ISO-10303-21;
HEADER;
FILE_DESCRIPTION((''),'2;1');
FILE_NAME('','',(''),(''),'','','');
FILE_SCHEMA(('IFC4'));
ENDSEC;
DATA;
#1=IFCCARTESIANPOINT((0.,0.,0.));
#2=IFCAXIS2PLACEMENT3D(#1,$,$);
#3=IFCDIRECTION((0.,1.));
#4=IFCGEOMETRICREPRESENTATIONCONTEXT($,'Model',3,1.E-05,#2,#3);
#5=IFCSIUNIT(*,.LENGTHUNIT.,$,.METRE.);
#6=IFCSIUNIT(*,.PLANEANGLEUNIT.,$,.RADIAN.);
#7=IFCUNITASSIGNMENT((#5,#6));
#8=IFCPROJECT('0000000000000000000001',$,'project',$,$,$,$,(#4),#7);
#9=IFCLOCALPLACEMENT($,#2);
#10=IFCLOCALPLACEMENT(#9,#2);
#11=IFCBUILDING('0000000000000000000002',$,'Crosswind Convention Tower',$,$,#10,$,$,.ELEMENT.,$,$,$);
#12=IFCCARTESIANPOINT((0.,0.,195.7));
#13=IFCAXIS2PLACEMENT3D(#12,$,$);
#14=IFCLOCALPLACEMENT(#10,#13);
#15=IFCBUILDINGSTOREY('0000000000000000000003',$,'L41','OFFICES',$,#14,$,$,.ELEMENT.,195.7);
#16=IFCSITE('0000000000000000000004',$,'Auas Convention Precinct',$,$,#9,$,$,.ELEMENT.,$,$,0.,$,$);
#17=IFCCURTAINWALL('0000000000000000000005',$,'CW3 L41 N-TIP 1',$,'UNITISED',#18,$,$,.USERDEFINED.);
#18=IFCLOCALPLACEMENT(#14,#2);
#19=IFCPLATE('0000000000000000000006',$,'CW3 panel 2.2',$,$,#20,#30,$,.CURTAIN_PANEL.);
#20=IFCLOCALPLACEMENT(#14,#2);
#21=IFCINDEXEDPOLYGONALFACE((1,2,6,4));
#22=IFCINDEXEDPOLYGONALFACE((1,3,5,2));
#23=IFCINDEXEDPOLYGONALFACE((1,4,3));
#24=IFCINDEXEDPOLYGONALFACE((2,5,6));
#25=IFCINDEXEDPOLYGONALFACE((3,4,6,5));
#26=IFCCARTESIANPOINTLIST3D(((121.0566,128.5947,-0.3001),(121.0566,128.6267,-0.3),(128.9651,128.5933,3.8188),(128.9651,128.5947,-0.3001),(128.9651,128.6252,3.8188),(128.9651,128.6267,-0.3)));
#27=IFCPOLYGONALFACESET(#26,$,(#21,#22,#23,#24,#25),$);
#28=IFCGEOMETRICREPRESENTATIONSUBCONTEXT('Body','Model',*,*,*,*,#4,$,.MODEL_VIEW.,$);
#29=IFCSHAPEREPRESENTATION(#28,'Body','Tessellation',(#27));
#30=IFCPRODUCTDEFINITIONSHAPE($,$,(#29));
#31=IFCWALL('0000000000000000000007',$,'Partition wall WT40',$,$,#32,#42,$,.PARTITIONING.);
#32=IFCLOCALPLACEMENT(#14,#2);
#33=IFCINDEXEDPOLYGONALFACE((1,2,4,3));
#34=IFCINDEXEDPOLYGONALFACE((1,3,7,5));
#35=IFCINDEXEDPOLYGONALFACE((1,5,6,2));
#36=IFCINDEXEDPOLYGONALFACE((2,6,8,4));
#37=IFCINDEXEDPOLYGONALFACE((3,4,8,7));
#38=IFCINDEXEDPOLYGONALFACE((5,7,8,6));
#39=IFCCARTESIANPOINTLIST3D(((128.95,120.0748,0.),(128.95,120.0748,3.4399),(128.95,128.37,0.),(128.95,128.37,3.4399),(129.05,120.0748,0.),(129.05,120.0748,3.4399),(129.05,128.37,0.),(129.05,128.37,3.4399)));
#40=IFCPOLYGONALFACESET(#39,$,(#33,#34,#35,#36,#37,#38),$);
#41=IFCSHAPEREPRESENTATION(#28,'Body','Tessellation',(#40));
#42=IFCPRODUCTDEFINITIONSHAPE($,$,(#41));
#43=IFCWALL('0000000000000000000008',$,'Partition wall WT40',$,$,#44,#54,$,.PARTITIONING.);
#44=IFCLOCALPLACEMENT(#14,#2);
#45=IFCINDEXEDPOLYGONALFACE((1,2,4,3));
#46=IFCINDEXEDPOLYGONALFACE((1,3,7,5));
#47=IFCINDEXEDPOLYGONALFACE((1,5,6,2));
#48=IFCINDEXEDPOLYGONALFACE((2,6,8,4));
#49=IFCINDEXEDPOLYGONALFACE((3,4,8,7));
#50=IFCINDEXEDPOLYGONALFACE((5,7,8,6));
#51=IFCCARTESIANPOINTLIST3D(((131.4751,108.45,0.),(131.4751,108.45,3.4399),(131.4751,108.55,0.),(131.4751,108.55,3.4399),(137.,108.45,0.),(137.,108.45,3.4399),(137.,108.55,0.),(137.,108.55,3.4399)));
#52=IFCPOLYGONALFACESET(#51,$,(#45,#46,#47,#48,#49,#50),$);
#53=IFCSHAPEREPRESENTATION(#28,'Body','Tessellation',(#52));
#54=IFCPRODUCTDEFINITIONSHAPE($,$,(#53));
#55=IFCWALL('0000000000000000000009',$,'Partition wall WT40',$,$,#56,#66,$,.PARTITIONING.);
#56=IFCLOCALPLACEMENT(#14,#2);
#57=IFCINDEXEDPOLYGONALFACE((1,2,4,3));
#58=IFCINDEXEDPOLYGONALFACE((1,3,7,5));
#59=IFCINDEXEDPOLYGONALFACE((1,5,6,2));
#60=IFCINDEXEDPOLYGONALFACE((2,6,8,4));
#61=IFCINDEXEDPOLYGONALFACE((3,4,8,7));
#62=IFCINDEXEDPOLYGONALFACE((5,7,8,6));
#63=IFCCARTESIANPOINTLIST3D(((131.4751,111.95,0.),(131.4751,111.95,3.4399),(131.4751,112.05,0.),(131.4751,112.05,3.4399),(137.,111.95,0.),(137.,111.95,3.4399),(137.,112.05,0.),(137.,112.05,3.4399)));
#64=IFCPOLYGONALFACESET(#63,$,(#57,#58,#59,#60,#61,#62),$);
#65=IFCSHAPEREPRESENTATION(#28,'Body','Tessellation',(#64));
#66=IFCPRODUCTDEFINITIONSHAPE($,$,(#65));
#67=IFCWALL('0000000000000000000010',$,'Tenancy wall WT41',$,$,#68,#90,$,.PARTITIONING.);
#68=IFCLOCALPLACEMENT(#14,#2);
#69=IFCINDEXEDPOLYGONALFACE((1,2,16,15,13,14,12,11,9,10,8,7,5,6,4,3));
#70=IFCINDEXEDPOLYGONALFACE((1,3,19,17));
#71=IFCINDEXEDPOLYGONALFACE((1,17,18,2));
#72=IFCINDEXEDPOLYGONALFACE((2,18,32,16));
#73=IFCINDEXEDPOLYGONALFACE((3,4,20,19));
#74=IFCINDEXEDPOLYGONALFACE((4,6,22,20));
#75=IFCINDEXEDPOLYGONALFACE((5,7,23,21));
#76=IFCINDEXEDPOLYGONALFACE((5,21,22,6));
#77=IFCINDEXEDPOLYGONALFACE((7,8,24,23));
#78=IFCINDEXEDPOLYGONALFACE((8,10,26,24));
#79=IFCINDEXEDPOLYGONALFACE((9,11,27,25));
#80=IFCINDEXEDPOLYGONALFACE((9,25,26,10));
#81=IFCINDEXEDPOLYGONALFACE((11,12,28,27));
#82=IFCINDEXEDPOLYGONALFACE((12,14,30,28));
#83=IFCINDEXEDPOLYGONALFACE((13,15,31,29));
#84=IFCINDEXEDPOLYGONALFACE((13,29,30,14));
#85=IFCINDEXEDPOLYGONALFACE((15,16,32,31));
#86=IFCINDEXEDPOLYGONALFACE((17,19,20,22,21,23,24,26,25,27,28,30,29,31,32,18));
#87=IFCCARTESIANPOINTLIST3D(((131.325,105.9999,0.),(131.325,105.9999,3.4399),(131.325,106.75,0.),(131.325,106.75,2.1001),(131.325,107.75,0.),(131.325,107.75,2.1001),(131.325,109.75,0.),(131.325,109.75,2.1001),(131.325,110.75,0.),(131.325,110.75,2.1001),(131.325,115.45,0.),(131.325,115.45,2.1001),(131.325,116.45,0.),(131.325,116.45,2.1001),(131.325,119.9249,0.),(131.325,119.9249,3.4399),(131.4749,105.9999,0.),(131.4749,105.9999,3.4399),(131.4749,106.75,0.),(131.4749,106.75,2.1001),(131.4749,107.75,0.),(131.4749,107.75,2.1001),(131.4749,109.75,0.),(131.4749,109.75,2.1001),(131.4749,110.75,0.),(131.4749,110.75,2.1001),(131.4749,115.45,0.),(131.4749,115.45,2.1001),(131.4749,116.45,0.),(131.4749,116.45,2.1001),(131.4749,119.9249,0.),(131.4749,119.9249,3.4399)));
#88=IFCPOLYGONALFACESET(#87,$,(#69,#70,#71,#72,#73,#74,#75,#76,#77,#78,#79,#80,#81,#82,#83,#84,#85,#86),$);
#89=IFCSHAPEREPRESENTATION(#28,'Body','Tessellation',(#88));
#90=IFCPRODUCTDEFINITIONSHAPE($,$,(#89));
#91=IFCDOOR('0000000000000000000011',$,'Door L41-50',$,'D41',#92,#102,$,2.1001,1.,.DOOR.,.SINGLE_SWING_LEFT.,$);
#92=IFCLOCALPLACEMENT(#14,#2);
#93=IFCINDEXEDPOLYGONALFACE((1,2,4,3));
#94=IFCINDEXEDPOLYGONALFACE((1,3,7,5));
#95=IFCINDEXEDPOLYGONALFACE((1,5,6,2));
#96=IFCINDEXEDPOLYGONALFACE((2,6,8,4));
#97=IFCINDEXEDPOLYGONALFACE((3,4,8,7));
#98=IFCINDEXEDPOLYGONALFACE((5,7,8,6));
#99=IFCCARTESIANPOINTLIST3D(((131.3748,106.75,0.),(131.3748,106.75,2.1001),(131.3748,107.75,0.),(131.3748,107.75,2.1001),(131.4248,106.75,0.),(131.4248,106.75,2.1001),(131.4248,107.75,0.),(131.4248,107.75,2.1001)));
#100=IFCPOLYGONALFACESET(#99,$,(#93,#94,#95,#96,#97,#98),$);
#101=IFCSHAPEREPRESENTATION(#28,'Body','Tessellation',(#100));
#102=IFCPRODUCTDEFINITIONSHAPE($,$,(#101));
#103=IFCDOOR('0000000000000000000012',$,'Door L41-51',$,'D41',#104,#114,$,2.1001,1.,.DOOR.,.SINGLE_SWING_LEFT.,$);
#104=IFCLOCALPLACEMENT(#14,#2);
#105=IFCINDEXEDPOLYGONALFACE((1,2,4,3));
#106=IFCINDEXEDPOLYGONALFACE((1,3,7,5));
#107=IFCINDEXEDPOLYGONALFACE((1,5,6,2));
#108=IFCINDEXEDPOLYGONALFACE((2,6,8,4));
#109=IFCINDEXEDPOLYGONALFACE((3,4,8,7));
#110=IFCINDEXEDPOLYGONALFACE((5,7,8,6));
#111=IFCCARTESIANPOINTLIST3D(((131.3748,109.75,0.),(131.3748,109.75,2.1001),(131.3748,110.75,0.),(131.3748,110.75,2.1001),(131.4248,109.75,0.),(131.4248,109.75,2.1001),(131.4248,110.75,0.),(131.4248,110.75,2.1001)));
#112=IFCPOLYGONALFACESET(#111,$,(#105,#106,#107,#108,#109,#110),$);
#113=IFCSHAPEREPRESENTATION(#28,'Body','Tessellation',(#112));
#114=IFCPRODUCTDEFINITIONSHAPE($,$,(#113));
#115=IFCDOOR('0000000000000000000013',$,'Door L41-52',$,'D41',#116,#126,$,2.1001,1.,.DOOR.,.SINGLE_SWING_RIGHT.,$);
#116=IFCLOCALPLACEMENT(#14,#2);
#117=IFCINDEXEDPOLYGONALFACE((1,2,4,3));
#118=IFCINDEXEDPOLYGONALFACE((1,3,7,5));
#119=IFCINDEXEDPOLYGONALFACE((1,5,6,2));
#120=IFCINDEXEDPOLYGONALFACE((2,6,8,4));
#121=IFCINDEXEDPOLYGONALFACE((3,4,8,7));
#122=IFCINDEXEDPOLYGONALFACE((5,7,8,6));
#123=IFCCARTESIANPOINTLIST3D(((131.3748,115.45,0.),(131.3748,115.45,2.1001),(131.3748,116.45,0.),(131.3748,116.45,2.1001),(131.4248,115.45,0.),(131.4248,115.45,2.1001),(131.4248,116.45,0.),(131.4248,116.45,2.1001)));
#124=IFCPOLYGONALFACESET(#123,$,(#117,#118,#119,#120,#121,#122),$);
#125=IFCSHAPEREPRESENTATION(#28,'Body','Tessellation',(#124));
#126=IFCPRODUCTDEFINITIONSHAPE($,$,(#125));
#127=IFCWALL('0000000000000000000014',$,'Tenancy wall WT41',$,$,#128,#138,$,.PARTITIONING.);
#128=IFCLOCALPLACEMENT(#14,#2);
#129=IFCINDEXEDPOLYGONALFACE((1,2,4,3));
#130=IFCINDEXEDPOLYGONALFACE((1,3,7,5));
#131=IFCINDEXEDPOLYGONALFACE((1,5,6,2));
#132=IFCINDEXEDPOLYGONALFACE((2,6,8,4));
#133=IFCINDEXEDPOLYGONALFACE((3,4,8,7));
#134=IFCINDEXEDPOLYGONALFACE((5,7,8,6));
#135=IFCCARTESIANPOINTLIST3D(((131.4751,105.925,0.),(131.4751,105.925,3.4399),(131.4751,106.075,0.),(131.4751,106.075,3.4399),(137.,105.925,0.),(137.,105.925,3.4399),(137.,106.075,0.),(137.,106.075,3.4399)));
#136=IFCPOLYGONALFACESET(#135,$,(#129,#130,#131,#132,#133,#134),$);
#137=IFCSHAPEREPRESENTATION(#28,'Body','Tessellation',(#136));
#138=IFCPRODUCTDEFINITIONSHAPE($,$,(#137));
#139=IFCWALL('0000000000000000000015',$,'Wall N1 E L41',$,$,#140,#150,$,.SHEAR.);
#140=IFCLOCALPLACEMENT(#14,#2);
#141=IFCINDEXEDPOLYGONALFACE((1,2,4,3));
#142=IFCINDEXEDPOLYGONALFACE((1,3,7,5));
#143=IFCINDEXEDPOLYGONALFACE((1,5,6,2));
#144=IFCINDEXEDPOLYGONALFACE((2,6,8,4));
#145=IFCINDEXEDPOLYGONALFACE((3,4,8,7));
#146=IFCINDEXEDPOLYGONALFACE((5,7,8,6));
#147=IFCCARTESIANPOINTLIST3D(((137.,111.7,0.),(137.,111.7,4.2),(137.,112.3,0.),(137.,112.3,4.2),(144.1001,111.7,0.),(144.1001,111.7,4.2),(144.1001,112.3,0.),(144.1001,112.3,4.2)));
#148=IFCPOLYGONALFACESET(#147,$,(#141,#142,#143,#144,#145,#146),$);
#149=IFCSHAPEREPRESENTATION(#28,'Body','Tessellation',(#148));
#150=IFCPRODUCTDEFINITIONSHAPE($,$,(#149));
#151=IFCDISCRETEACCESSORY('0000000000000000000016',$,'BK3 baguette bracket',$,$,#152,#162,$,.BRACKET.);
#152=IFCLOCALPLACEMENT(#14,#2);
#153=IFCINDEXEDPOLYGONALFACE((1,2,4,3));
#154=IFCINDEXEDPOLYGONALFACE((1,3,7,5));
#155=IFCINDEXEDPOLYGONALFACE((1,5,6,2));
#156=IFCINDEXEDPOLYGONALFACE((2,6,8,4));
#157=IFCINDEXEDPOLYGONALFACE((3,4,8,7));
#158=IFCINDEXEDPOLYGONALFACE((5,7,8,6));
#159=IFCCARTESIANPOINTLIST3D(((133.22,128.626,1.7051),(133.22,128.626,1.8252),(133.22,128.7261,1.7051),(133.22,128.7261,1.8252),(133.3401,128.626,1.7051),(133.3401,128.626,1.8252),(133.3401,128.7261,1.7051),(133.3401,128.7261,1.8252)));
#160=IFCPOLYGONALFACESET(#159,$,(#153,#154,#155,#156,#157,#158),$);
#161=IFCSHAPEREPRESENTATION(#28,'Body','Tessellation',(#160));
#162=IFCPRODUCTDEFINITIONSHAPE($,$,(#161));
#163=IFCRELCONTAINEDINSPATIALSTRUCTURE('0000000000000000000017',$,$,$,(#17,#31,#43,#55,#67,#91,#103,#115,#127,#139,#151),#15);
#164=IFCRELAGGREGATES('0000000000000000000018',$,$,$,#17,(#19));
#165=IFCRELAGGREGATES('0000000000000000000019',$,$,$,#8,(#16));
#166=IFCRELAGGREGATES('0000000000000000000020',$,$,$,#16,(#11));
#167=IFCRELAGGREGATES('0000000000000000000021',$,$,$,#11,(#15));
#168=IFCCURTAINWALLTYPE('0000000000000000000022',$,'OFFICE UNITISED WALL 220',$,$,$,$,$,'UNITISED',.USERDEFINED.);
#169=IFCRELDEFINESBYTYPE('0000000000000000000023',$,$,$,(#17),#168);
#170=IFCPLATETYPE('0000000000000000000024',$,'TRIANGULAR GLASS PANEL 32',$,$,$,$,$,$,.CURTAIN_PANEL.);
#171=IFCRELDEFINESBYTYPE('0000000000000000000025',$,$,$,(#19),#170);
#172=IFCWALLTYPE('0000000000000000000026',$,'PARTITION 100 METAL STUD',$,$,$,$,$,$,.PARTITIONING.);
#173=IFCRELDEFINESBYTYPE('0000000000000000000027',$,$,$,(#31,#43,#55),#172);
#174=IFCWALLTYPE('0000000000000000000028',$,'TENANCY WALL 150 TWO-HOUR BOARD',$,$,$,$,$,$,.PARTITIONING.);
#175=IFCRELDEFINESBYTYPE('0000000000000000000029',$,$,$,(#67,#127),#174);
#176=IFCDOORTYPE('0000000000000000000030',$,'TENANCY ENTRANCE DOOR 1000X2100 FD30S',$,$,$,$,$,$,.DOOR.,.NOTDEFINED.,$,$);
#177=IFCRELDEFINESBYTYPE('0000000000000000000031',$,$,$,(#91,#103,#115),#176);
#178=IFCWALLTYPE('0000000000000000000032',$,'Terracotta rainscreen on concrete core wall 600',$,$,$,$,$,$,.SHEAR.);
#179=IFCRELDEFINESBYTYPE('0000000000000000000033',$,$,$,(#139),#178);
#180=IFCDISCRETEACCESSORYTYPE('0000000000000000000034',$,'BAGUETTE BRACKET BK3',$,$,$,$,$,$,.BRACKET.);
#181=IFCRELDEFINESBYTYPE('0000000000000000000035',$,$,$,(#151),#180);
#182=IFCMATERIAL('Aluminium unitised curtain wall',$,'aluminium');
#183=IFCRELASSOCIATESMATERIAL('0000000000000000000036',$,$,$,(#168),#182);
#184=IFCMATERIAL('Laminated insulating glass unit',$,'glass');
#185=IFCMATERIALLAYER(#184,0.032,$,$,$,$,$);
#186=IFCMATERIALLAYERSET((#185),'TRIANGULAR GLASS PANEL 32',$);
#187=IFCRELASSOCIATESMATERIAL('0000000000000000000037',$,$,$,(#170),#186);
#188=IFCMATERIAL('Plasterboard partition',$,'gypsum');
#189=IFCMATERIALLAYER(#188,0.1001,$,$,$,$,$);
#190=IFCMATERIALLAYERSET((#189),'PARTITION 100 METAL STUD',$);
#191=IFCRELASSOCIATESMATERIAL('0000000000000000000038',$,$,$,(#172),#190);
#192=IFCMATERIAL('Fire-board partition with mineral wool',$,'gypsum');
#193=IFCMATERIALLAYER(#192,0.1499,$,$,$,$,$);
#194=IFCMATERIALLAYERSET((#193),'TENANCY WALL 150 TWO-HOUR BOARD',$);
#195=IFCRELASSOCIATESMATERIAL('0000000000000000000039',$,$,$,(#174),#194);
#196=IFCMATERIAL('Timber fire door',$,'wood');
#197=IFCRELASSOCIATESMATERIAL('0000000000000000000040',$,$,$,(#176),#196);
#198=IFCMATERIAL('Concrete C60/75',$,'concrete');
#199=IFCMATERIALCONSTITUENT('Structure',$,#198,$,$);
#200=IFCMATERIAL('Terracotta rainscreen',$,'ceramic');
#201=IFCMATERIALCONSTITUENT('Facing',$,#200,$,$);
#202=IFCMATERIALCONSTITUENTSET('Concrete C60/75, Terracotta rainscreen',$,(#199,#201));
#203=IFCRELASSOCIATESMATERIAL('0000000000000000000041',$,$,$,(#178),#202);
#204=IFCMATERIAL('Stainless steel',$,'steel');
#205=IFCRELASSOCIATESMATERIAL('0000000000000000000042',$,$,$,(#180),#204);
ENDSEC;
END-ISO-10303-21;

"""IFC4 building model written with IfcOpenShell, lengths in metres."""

from ifc_helpers import new_model, si_unit, direction, frame, frame_2d, origin, origin_2d, place, context, subcontext, project, spatial, polyline, rectangle, outline, extrude, material, layer, layer_set, constituent, constituent_set, type_object, element, fill, aggregate, save


model = new_model("IFC4")

# Units and contexts
model_context = context("Model", 3, precision=1e-05, world=origin(), true_north=direction((0.0, 1.0)))
body_context = subcontext(model_context, "Body", "Model", "MODEL_VIEW")
ifc_project = project(units=[si_unit("LENGTHUNIT", "METRE"), si_unit("PLANEANGLEUNIT", "RADIAN")], contexts=[model_context])

# Site, building, storey
site_placement = place(None, origin())
site = spatial("IfcSite", under=ifc_project, at=site_placement, Name="Auas Convention Precinct", CompositionType="ELEMENT", RefElevation=0.0)
building_placement = place(site_placement, origin())
building = spatial("IfcBuilding", under=site, at=building_placement, Name="Crosswind Convention Tower", CompositionType="ELEMENT")
storey_placement = place(building_placement, frame((0.0, 0.0, 195.7)))
storey = spatial("IfcBuildingStorey", under=building, at=storey_placement, Name="L41", Description="OFFICES", CompositionType="ELEMENT", Elevation=195.7)

# Shared definitions
ifc_material_1 = material(Name="Concrete C60/75", Category="concrete")

# Curtain wall
ifc_material_2 = material(Name="Aluminium unitised curtain wall", Category="aluminium")
curtain_wall_type = type_object("IfcCurtainWallType", Name="OFFICE UNITISED WALL 220", ElementType="UNITISED", PredefinedType="USERDEFINED", material=ifc_material_2)
curtain_wall_placement = place(storey_placement, origin())
curtain_wall = element("IfcCurtainWall", 1, at=curtain_wall_placement, inside=storey, type_object=curtain_wall_type, Name="CW3 L41 N-TIP 1", ObjectType="UNITISED", PredefinedType="USERDEFINED")

# Plate
ifc_material_3 = material(Name="Laminated insulating glass unit", Category="glass")
ifc_layer_1 = layer(ifc_material_3, 0.032)
ifc_layer_set_1 = layer_set([ifc_layer_1], Name="TRIANGULAR GLASS PANEL 32")
plate_type = type_object("IfcPlateType", Name="TRIANGULAR GLASS PANEL 32", PredefinedType="CURTAIN_PANEL", material=ifc_layer_set_1)
plate_1_placement = place(storey_placement, frame((128.9651, 128.6267, -0.3), z_axis=(0.0, 1.0, 0.000356), x_axis=(-1.0, 0.0, 0.0)))
plate_1 = element("IfcPlate", 2, at=plate_1_placement, type_object=plate_type, Name="CW3 panel 2.2", PredefinedType="CURTAIN_PANEL", context=body_context, shape_type="SweptSolid", body=[
    extrude(outline(polyline([(0.0, 0.0), (7.9084, 0.0), (0.0, 4.1189), (0.0, 0.0)])), origin(), (0.0, 0.0, -1.0), 0.032),
])
aggregate(curtain_wall, [plate_1])

# Walls
ifc_material_4 = material(Name="Plasterboard partition", Category="gypsum")
ifc_layer_2 = layer(ifc_material_4, 0.1001)
ifc_layer_set_2 = layer_set([ifc_layer_2], Name="PARTITION 100 METAL STUD")
wall_type_1 = type_object("IfcWallType", Name="PARTITION 100 METAL STUD", PredefinedType="PARTITIONING", material=ifc_layer_set_2)
wall_1_placement = place(storey_placement, frame((129.0, 120.075, 0.0), z_axis=(0.0, 0.0, 1.0), x_axis=(0.0, 1.0, 0.0)))
element("IfcWall", 3, at=wall_1_placement, inside=storey, type_object=wall_type_1, Name="Partition wall WT40", PredefinedType="PARTITIONING", context=body_context, shape_type="SweptSolid", body=[
    extrude(rectangle(XDim=8.2952, YDim=0.1001, at=frame_2d((4.1475, 0.0))), origin(), (0.0, 0.0, 1.0), 3.4399),
])
for number, where, z_axis, x_axis, name in (
    (4, (131.4751, 108.5, 0.0), (0.0, 0.0, 1.0), (1.0, 0.0, 0.0), "Partition wall WT40"),
    (5, (131.4751, 112.0, 0.0), (0.0, 0.0, 1.0), (1.0, 0.0, 0.0), "Partition wall WT40"),
):
    element("IfcWall", number, at=place(storey_placement, frame(where, z_axis=z_axis, x_axis=x_axis)), inside=storey, type_object=wall_type_1, Name=name, PredefinedType="PARTITIONING", context=body_context, shape_type="SweptSolid", body=[
        extrude(rectangle(XDim=5.5249, YDim=0.1001, at=frame_2d((2.7625, 0.0))), origin(), (0.0, 0.0, 1.0), 3.4399),
    ])

# Wall, openings, doors
ifc_material_5 = material(Name="Fire-board partition with mineral wool", Category="gypsum")
ifc_layer_3 = layer(ifc_material_5, 0.1499)
ifc_layer_set_3 = layer_set([ifc_layer_3], Name="TENANCY WALL 150 TWO-HOUR BOARD")
wall_type_2 = type_object("IfcWallType", Name="TENANCY WALL 150 TWO-HOUR BOARD", PredefinedType="PARTITIONING", material=ifc_layer_set_3)
wall_2_placement = place(storey_placement, frame((131.3999, 106.0, 0.0), z_axis=(0.0, 0.0, 1.0), x_axis=(0.0, 1.0, 0.0)))
wall_2 = element("IfcWall", 6, at=wall_2_placement, inside=storey, type_object=wall_type_2, Name="Tenancy wall WT41", PredefinedType="PARTITIONING", context=body_context, shape_type="SweptSolid", body=[
    extrude(rectangle(XDim=13.925, YDim=0.1499, at=frame_2d((6.9624, 0.0))), origin(), (0.0, 0.0, 1.0), 3.4399),
])
opening_1_placement = place(wall_2_placement, frame((0.75, 0.0, 0.0)))
opening_1 = element("IfcOpeningElement", 7, at=opening_1_placement, cuts=wall_2, PredefinedType="OPENING", context=body_context, shape_type="SweptSolid", body=[
    extrude(rectangle(XDim=1.0, YDim=2.1001, at=frame_2d((0.5, 1.05))), frame((0.0, 0.085, 0.0), z_axis=(0.0, -1.0, 0.0), x_axis=(1.0, 0.0, 0.0)), (0.0, 0.0, 1.0), 0.1699),
])
opening_2_placement = place(wall_2_placement, frame((3.75, 0.0, 0.0)))
opening_2 = element("IfcOpeningElement", 8, at=opening_2_placement, cuts=wall_2, PredefinedType="OPENING", context=body_context, shape_type="SweptSolid", body=[
    extrude(rectangle(XDim=1.0, YDim=2.1001, at=frame_2d((0.5, 1.05))), frame((0.0, 0.085, 0.0), z_axis=(0.0, -1.0, 0.0), x_axis=(1.0, 0.0, 0.0)), (0.0, 0.0, 1.0), 0.1699),
])
opening_3_placement = place(wall_2_placement, frame((9.45, 0.0, 0.0)))
opening_3 = element("IfcOpeningElement", 9, at=opening_3_placement, cuts=wall_2, PredefinedType="OPENING", context=body_context, shape_type="SweptSolid", body=[
    extrude(rectangle(XDim=1.0, YDim=2.1001, at=frame_2d((0.5, 1.05))), frame((0.0, 0.085, 0.0), z_axis=(0.0, -1.0, 0.0), x_axis=(1.0, 0.0, 0.0)), (0.0, 0.0, 1.0), 0.1699),
])
ifc_material_6 = material(Name="Timber fire door", Category="wood")
door_type = type_object("IfcDoorType", Name="TENANCY ENTRANCE DOOR 1000X2100 FD30S", OperationType="NOTDEFINED", PredefinedType="DOOR", material=ifc_material_6)
door_1_placement = place(opening_1_placement, frame((1.0, 0.0, 0.0), z_axis=(0.0, 0.0, 1.0), x_axis=(-1.0, 0.0, 0.0)))
door_1 = element("IfcDoor", 10, at=door_1_placement, inside=storey, type_object=door_type, Name="Door L41-50", ObjectType="D41", OperationType="SINGLE_SWING_LEFT", OverallHeight=2.1001, OverallWidth=1.0, PredefinedType="DOOR", context=body_context, shape_type="SweptSolid", body=[
    extrude(rectangle(XDim=1.0, YDim=2.1001, at=frame_2d((0.5, 1.05))), frame((0.0, 0.0249, 0.0), z_axis=(0.0, -1.0, 0.0), x_axis=(1.0, 0.0, 0.0)), (0.0, 0.0, 1.0), 0.05),
])
fill(opening_1, door_1)
door_2_placement = place(opening_2_placement, frame((1.0, 0.0, 0.0), z_axis=(0.0, 0.0, 1.0), x_axis=(-1.0, 0.0, 0.0)))
door_2 = element("IfcDoor", 11, at=door_2_placement, inside=storey, type_object=door_type, Name="Door L41-51", ObjectType="D41", OperationType="SINGLE_SWING_LEFT", OverallHeight=2.1001, OverallWidth=1.0, PredefinedType="DOOR", context=body_context, shape_type="SweptSolid", body=[
    extrude(rectangle(XDim=1.0, YDim=2.1001, at=frame_2d((0.5, 1.05))), frame((0.0, 0.0249, 0.0), z_axis=(0.0, -1.0, 0.0), x_axis=(1.0, 0.0, 0.0)), (0.0, 0.0, 1.0), 0.05),
])
fill(opening_2, door_2)
door_3_placement = place(opening_3_placement, frame((1.0, 0.0, 0.0), z_axis=(0.0, 0.0, 1.0), x_axis=(-1.0, 0.0, 0.0)))
door_3 = element("IfcDoor", 12, at=door_3_placement, inside=storey, type_object=door_type, Name="Door L41-52", ObjectType="D41", OperationType="SINGLE_SWING_RIGHT", OverallHeight=2.1001, OverallWidth=1.0, PredefinedType="DOOR", context=body_context, shape_type="SweptSolid", body=[
    extrude(rectangle(XDim=1.0, YDim=2.1001, at=frame_2d((0.5, 1.05))), frame((0.0, 0.0249, 0.0), z_axis=(0.0, -1.0, 0.0), x_axis=(1.0, 0.0, 0.0)), (0.0, 0.0, 1.0), 0.05),
])
fill(opening_3, door_3)

# Walls
wall_3_placement = place(storey_placement, frame((131.4751, 106.0, 0.0), z_axis=(0.0, 0.0, 1.0), x_axis=(1.0, 0.0, 0.0)))
element("IfcWall", 13, at=wall_3_placement, inside=storey, type_object=wall_type_2, Name="Tenancy wall WT41", PredefinedType="PARTITIONING", context=body_context, shape_type="SweptSolid", body=[
    extrude(rectangle(XDim=5.5249, YDim=0.1499, at=frame_2d((2.7625, 0.0))), origin(), (0.0, 0.0, 1.0), 3.4399),
])
ifc_constituent_1 = constituent(ifc_material_1, Name="Structure")
ifc_material_7 = material(Name="Terracotta rainscreen", Category="ceramic")
ifc_constituent_2 = constituent(ifc_material_7, Name="Facing")
ifc_constituent_set = constituent_set(constituents=[ifc_constituent_1, ifc_constituent_2], Name="Concrete C60/75, Terracotta rainscreen")
wall_type_3 = type_object("IfcWallType", Name="Terracotta rainscreen on concrete core wall 600", PredefinedType="SHEAR", material=ifc_constituent_set)
wall_4_placement = place(storey_placement, frame((137.0, 112.0, 0.0), z_axis=(0.0, 0.0, 1.0), x_axis=(1.0, 0.0, 0.0)))
element("IfcWall", 14, at=wall_4_placement, inside=storey, type_object=wall_type_3, Name="Wall N1 E L41", PredefinedType="SHEAR", context=body_context, shape_type="SweptSolid", body=[
    extrude(rectangle(XDim=7.1001, YDim=0.6001, at=frame_2d((3.55, 0.0))), origin(), (0.0, 0.0, 1.0), 4.2),
])

# Discrete accessory
ifc_material_8 = material(Name="Stainless steel", Category="steel")
discrete_accessory_type = type_object("IfcDiscreteAccessoryType", Name="BAGUETTE BRACKET BK3", PredefinedType="BRACKET", material=ifc_material_8)
discrete_accessory_placement = place(storey_placement, frame((133.28, 128.676, 1.7051), z_axis=(0.0, 0.0, 1.0), x_axis=(-1.0, 0.0, 0.0)))
element("IfcDiscreteAccessory", 15, at=discrete_accessory_placement, inside=storey, type_object=discrete_accessory_type, Name="BK3 baguette bracket", PredefinedType="BRACKET", context=body_context, shape_type="SweptSolid", body=[
    extrude(rectangle(XDim=0.1201, YDim=0.1001, at=origin_2d()), origin(), (0.0, 0.0, 1.0), 0.1201),
])

save(model, "model.ifc")
